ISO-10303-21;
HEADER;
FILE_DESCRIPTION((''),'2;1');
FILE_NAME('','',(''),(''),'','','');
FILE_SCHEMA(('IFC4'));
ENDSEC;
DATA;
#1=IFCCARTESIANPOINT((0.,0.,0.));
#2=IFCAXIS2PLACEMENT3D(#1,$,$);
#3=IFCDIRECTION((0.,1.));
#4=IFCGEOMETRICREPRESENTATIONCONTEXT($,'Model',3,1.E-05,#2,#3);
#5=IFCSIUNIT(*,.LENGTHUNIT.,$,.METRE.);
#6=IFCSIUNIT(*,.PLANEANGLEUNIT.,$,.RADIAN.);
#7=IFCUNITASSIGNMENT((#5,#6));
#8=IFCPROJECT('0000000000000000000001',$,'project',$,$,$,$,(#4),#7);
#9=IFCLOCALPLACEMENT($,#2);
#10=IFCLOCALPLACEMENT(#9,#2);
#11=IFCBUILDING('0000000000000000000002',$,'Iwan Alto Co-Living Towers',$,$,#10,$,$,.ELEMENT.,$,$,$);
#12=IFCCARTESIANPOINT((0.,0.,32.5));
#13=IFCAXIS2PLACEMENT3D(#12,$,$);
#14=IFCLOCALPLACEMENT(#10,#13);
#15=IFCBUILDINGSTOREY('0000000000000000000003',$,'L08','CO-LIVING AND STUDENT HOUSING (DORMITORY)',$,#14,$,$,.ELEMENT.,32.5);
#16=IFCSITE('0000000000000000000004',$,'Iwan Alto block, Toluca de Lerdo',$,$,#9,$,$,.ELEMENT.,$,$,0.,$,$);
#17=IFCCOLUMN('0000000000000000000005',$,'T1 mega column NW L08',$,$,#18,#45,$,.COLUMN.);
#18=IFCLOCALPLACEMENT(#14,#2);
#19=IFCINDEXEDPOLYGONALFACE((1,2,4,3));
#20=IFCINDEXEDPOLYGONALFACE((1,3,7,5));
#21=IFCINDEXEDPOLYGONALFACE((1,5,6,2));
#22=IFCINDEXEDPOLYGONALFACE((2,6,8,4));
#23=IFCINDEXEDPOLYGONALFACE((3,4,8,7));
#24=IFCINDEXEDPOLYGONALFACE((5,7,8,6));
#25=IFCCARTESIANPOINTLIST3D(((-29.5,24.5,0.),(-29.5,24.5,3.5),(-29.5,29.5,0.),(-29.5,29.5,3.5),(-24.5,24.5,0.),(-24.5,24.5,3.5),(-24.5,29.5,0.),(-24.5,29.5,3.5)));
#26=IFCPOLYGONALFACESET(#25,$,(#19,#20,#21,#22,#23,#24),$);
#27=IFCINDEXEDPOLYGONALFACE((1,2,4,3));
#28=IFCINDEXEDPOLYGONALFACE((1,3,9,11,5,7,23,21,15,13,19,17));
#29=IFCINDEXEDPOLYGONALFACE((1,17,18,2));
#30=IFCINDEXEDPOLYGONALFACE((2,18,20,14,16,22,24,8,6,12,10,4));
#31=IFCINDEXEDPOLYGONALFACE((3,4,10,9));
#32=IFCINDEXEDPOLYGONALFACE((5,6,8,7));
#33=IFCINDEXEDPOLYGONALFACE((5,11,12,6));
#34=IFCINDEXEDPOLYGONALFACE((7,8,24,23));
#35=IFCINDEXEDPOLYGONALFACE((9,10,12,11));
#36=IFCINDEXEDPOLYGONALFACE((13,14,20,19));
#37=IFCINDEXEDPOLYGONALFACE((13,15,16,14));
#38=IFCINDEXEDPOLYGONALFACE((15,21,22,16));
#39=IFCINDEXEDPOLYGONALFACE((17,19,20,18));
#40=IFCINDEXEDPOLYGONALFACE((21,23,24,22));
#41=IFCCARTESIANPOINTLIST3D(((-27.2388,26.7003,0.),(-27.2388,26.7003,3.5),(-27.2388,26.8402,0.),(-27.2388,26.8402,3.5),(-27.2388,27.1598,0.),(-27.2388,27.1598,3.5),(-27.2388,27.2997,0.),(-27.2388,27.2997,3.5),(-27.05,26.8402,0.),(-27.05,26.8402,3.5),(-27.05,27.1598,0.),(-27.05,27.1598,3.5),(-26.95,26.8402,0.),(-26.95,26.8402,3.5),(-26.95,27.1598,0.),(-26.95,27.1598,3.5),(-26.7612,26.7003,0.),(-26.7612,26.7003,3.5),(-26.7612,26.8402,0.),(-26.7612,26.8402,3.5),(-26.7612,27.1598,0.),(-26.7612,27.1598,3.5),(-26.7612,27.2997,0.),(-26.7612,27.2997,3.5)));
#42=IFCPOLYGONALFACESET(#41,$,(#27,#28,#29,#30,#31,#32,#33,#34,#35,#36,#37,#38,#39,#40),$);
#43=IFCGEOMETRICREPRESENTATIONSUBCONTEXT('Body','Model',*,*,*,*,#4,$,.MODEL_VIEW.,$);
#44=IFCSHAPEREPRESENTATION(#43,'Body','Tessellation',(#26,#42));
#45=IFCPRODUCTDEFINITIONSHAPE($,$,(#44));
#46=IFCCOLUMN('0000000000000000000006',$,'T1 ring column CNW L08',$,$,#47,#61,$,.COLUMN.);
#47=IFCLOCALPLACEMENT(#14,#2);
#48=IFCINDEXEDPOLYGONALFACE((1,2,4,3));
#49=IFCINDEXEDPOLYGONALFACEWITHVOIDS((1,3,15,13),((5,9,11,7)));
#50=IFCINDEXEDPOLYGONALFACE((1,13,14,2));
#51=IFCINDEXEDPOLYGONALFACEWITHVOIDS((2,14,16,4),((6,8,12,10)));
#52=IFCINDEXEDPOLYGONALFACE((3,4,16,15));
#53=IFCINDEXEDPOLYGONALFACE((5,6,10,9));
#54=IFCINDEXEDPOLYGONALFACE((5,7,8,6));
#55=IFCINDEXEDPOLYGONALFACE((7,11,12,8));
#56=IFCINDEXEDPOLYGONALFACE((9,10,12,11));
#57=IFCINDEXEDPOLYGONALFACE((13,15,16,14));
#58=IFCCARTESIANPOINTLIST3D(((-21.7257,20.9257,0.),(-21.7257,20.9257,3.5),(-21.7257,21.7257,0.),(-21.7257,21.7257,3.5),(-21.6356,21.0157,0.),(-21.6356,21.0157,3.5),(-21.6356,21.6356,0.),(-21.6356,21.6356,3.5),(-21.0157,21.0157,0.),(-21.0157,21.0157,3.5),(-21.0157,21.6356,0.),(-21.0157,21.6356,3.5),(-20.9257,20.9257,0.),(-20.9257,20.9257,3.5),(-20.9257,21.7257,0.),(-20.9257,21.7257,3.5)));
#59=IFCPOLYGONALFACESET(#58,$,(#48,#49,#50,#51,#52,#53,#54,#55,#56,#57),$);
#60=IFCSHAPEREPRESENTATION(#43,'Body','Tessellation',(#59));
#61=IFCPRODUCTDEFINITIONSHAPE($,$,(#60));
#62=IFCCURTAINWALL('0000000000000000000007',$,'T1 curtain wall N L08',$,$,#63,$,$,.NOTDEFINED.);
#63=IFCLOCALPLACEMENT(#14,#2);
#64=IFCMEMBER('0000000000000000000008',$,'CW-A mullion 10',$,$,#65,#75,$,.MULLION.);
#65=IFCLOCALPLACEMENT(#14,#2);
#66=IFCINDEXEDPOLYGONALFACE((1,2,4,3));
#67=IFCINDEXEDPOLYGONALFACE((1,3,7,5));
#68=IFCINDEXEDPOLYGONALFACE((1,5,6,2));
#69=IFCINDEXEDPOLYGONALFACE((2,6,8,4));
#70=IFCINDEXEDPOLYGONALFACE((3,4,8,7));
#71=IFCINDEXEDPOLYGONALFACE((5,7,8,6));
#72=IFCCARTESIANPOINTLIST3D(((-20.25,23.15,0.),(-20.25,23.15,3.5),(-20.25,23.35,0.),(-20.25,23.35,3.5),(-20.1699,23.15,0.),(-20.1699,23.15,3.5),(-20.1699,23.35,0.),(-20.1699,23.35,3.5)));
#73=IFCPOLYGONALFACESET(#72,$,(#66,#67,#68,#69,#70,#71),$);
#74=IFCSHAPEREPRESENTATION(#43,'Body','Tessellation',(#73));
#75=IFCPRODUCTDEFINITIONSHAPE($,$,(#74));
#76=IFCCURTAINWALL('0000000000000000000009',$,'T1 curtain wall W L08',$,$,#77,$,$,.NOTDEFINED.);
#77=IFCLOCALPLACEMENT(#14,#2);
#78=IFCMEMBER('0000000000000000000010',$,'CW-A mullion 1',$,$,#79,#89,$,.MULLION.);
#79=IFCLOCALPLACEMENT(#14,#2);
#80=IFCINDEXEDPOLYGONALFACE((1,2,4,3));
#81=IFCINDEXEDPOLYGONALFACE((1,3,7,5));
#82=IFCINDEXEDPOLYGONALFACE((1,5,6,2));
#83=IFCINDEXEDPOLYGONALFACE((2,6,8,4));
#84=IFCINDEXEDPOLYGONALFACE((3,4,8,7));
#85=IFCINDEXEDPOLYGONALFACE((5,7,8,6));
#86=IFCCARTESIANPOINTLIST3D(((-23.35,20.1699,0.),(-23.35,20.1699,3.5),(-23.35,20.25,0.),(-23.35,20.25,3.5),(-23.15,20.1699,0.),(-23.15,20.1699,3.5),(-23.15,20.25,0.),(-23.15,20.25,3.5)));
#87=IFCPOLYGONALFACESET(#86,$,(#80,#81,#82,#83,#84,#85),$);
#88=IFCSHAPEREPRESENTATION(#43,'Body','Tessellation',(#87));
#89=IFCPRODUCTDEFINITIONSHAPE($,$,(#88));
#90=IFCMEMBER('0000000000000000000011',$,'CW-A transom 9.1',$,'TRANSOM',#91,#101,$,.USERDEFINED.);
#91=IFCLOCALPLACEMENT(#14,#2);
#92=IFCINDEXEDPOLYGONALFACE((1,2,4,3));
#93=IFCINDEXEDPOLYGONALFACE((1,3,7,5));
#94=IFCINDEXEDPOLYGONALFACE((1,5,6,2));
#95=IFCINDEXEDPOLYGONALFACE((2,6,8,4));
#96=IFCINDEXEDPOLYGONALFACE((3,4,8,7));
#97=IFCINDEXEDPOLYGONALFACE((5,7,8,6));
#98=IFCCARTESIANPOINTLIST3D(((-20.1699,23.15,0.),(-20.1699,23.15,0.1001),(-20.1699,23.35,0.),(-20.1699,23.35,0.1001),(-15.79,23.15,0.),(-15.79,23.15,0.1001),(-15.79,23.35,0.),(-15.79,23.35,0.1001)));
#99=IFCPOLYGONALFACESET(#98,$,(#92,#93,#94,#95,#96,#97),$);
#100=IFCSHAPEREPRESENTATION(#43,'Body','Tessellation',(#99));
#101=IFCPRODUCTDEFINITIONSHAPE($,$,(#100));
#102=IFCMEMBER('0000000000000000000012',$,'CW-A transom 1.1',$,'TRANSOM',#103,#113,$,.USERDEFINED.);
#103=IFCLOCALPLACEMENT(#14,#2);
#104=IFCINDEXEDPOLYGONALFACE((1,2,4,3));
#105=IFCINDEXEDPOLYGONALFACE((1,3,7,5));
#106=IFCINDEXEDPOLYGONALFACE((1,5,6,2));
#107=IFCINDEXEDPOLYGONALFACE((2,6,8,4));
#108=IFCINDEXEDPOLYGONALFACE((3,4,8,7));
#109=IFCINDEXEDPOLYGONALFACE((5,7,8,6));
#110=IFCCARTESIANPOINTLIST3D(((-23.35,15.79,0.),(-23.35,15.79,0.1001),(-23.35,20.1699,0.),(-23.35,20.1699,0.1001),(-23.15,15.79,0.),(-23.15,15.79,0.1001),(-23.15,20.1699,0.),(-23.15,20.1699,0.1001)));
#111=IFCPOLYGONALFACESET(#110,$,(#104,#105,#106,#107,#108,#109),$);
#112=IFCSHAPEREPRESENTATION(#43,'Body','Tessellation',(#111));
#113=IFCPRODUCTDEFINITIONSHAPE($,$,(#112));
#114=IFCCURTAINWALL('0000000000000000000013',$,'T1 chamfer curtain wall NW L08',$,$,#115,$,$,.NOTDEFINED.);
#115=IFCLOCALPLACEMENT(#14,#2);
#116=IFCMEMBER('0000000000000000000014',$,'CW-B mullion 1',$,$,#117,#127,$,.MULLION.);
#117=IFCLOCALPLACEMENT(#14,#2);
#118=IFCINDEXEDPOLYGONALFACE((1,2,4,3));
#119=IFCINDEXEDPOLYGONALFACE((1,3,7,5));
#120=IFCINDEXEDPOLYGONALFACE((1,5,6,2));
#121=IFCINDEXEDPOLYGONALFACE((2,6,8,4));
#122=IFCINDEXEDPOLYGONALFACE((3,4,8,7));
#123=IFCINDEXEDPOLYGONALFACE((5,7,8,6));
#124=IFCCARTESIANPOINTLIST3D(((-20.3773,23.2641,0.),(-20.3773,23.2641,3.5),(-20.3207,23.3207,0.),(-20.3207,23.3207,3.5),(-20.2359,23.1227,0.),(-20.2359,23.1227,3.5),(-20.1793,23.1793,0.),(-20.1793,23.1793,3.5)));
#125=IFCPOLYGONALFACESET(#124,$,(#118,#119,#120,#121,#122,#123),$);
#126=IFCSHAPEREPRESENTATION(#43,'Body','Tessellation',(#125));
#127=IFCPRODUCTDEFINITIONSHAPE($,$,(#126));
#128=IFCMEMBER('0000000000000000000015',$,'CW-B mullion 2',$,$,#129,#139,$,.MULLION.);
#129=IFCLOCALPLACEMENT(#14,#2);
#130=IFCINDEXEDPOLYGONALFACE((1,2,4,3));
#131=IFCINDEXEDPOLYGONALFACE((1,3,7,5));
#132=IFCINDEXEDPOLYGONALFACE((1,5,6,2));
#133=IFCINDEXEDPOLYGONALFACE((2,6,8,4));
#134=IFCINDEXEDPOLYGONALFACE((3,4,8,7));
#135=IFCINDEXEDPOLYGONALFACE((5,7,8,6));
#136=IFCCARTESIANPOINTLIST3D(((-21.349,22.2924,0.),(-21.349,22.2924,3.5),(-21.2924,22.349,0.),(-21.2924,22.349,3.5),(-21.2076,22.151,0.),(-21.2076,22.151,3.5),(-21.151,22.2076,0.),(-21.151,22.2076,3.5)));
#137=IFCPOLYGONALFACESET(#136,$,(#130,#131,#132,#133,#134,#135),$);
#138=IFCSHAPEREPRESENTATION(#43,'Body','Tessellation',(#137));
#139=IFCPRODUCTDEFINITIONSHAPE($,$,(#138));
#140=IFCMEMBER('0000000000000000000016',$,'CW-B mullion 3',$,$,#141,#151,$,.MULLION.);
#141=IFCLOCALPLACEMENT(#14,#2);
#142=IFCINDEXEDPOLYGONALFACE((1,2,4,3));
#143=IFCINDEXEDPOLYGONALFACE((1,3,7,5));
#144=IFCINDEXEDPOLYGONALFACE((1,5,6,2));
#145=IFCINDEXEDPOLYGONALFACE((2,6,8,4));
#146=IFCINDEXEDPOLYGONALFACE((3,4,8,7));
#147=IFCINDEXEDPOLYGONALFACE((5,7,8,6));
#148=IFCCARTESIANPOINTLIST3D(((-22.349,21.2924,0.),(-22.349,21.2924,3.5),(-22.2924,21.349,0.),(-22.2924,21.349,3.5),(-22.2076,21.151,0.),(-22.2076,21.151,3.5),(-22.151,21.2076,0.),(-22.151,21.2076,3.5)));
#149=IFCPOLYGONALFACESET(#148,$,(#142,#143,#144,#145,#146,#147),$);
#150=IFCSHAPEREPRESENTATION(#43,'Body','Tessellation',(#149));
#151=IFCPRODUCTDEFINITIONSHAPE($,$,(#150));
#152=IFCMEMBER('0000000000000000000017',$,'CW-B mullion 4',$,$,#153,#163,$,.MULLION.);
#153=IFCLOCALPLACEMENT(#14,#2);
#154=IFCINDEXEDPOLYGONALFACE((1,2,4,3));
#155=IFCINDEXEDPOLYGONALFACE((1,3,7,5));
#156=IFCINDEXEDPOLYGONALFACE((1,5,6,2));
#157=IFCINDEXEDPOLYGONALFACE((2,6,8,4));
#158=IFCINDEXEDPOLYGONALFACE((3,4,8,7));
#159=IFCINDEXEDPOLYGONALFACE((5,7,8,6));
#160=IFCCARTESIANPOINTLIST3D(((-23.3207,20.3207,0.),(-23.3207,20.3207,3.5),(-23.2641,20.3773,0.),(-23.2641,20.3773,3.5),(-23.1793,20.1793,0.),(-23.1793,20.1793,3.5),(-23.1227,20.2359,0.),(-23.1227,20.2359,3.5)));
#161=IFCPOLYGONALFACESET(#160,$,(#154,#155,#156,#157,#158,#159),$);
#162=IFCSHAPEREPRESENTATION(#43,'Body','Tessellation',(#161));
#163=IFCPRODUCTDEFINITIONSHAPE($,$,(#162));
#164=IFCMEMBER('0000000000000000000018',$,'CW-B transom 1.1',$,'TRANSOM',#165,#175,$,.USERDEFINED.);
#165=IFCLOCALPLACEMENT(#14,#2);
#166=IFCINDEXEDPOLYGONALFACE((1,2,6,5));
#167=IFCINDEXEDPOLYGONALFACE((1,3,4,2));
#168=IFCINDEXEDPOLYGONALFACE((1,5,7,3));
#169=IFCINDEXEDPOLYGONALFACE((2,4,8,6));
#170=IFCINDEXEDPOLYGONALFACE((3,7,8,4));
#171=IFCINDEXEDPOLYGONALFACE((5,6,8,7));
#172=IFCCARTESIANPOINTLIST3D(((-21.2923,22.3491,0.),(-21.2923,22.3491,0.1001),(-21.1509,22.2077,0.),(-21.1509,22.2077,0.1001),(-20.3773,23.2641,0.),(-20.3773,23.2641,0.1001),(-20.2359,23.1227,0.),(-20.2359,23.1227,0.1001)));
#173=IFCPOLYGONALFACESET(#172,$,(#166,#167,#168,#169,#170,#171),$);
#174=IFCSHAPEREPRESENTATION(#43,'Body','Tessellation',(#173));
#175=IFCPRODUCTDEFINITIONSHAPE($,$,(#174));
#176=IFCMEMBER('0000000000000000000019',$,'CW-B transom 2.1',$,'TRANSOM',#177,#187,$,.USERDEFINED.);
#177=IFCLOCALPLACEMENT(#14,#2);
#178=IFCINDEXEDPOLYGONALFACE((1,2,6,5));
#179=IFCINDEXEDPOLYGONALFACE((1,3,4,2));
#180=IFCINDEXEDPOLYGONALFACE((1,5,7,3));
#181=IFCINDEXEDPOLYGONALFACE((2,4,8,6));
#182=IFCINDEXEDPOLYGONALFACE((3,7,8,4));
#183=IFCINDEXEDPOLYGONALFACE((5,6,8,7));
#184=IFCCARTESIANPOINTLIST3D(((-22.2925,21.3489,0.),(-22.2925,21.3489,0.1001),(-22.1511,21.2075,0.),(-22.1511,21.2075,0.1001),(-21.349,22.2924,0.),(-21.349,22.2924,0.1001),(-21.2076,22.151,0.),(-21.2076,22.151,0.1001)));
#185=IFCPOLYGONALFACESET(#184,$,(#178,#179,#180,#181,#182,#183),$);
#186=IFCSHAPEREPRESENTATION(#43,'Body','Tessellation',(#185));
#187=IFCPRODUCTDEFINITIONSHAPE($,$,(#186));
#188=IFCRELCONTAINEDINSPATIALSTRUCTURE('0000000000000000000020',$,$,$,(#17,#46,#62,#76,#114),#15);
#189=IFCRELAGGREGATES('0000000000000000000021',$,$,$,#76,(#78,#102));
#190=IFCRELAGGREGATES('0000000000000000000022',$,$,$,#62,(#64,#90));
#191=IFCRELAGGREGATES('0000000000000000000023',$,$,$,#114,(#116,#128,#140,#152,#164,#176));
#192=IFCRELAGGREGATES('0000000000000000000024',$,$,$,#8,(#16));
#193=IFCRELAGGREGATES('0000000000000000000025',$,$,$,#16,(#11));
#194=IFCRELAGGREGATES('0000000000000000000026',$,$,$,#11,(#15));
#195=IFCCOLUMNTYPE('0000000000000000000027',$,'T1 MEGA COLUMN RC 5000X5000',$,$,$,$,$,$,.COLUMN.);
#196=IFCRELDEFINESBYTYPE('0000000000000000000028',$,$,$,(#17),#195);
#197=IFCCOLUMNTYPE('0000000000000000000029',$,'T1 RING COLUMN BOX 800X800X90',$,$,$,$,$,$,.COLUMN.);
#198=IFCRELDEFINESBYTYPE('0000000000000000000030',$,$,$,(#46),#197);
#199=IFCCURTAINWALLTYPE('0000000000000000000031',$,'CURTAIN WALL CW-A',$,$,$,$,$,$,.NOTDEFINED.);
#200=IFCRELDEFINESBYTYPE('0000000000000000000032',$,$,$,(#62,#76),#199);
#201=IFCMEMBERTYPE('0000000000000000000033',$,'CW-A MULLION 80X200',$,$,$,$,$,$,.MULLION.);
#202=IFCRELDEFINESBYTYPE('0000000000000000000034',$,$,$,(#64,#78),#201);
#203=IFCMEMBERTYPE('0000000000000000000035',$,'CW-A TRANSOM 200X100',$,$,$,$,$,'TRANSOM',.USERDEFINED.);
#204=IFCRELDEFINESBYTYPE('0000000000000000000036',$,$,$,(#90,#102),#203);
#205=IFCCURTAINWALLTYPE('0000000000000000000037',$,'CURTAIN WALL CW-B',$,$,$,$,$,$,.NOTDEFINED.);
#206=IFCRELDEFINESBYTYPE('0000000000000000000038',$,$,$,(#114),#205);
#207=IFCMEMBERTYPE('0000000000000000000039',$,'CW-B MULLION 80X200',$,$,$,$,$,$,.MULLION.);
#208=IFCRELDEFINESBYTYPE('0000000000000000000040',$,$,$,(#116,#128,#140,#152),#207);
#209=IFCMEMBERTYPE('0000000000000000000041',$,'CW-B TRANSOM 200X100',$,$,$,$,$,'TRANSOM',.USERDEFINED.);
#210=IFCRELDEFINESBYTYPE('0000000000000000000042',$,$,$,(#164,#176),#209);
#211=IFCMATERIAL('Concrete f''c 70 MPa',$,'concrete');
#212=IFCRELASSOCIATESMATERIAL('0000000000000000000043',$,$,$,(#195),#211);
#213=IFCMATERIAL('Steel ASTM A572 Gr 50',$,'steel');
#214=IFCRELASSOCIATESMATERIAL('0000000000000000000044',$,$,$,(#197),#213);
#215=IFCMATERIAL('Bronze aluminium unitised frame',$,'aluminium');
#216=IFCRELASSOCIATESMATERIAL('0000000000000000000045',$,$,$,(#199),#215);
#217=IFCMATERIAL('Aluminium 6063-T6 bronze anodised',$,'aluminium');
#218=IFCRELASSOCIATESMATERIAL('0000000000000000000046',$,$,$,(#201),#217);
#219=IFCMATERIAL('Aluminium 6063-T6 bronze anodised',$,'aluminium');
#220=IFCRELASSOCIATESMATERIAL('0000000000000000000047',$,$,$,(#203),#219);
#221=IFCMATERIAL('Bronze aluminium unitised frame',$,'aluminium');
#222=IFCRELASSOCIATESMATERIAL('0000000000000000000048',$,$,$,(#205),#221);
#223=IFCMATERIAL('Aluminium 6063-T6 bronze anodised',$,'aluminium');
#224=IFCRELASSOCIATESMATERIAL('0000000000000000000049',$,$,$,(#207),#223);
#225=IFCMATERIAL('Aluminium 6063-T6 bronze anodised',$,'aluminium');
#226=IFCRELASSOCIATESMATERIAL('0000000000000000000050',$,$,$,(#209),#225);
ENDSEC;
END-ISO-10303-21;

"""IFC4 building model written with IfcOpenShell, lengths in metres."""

from ifc_helpers import new_model, si_unit, direction, frame, origin, origin_2d, place, context, subcontext, project, spatial, rectangle, hollow_rectangle, i_section, extrude, material, material_profile, profile_set, type_object, element, aggregate, save


model = new_model("IFC4")

# Units and contexts
model_context = context("Model", 3, precision=1e-05, world=origin(), true_north=direction((0.0, 1.0)))
body_context = subcontext(model_context, "Body", "Model", "MODEL_VIEW")
ifc_project = project(units=[si_unit("LENGTHUNIT", "METRE"), si_unit("PLANEANGLEUNIT", "RADIAN")], contexts=[model_context])

# Site, building, storey
site_placement = place(None, origin())
site = spatial("IfcSite", under=ifc_project, at=site_placement, Name="Iwan Alto block, Toluca de Lerdo", CompositionType="ELEMENT", RefElevation=0.0)
building_placement = place(site_placement, origin())
building = spatial("IfcBuilding", under=site, at=building_placement, Name="Iwan Alto Co-Living Towers", CompositionType="ELEMENT")
storey_placement = place(building_placement, frame((0.0, 0.0, 32.5)))
storey = spatial("IfcBuildingStorey", under=building, at=storey_placement, Name="L08", Description="CO-LIVING AND STUDENT HOUSING (DORMITORY)", CompositionType="ELEMENT", Elevation=32.5)

# Columns
ifc_material_1 = material(Name="Concrete f'c 70 MPa", Category="concrete")
ifc_material_profile_1 = material_profile(ifc_material_1, rectangle(XDim=5.0, YDim=5.0, at=origin_2d()), Name="RC 5000X5000")
ifc_profile_set_1 = profile_set([ifc_material_profile_1], Name="Concrete f'c 70 MPa")
column_type_1 = type_object("IfcColumnType", Name="T1 MEGA COLUMN RC 5000X5000", PredefinedType="COLUMN", material=ifc_profile_set_1)
column_1_placement = place(storey_placement, frame((-27.0, 27.0, 0.0), z_axis=(0.0, 0.0, 1.0), x_axis=(1.0, 0.0, 0.0)))
element("IfcColumn", 1, at=column_1_placement, inside=storey, type_object=column_type_1, Name="T1 mega column NW L08", PredefinedType="COLUMN", context=body_context, shape_type="SweptSolid", body=[
    extrude(rectangle(XDim=5.0, YDim=5.0, at=origin_2d()), origin(), (0.0, 0.0, 1.0), 3.5),
    extrude(i_section(OverallWidth=0.4775, OverallDepth=0.5994, WebThickness=0.1001, FlangeThickness=0.1399, at=origin_2d()), origin(), (0.0, 0.0, 1.0), 3.5),
])
ifc_material_2 = material(Name="Steel ASTM A572 Gr 50", Category="steel")
ifc_material_profile_2 = material_profile(ifc_material_2, hollow_rectangle(XDim=0.8, YDim=0.8, WallThickness=0.0901, at=origin_2d()), Name="BOX 800X800X90")
ifc_profile_set_2 = profile_set([ifc_material_profile_2], Name="Steel ASTM A572 Gr 50")
column_type_2 = type_object("IfcColumnType", Name="T1 RING COLUMN BOX 800X800X90", PredefinedType="COLUMN", material=ifc_profile_set_2)
column_2_placement = place(storey_placement, frame((-21.3257, 21.3257, 0.0), z_axis=(0.0, 0.0, 1.0), x_axis=(1.0, 0.0, 0.0)))
element("IfcColumn", 2, at=column_2_placement, inside=storey, type_object=column_type_2, Name="T1 ring column CNW L08", PredefinedType="COLUMN", context=body_context, shape_type="SweptSolid", body=[
    extrude(hollow_rectangle(XDim=0.8, YDim=0.8, WallThickness=0.0901, at=origin_2d()), origin(), (0.0, 0.0, 1.0), 3.5),
])

# Curtain walls, members
ifc_material_3 = material(Name="Bronze aluminium unitised frame", Category="aluminium")
curtain_wall_type_1 = type_object("IfcCurtainWallType", Name="CURTAIN WALL CW-A", PredefinedType="NOTDEFINED", material=ifc_material_3)
curtain_wall_1_placement = place(storey_placement, origin())
curtain_wall_1 = element("IfcCurtainWall", 3, at=curtain_wall_1_placement, inside=storey, type_object=curtain_wall_type_1, Name="T1 curtain wall N L08", PredefinedType="NOTDEFINED")
ifc_material_4 = material(Name="Aluminium 6063-T6 bronze anodised", Category="aluminium")
ifc_material_profile_3 = material_profile(ifc_material_4, rectangle(XDim=0.2, YDim=0.0801, at=origin_2d()), Name="AL 80X200")
ifc_profile_set_3 = profile_set([ifc_material_profile_3], Name="Aluminium 6063-T6 bronze anodised")
member_type_1 = type_object("IfcMemberType", Name="CW-A MULLION 80X200", PredefinedType="MULLION", material=ifc_profile_set_3)
member_1_placement = place(storey_placement, frame((-20.21, 23.25, 0.0), z_axis=(0.0, 0.0, 1.0), x_axis=(0.0, -1.0, 0.0)))
member_1 = element("IfcMember", 4, at=member_1_placement, type_object=member_type_1, Name="CW-A mullion 10", PredefinedType="MULLION", context=body_context, shape_type="SweptSolid", body=[
    extrude(rectangle(XDim=0.2, YDim=0.0801, at=origin_2d()), origin(), (0.0, 0.0, 1.0), 3.5),
])
curtain_wall_2_placement = place(storey_placement, origin())
curtain_wall_2 = element("IfcCurtainWall", 5, at=curtain_wall_2_placement, inside=storey, type_object=curtain_wall_type_1, Name="T1 curtain wall W L08", PredefinedType="NOTDEFINED")
member_2_placement = place(storey_placement, frame((-23.25, 20.21, 0.0), z_axis=(0.0, 0.0, 1.0), x_axis=(1.0, 0.0, 0.0)))
member_2 = element("IfcMember", 6, at=member_2_placement, type_object=member_type_1, Name="CW-A mullion 1", PredefinedType="MULLION", context=body_context, shape_type="SweptSolid", body=[
    extrude(rectangle(XDim=0.2, YDim=0.0801, at=origin_2d()), origin(), (0.0, 0.0, 1.0), 3.5),
])

# Members
ifc_material_5 = material(Name="Aluminium 6063-T6 bronze anodised", Category="aluminium")
ifc_material_profile_4 = material_profile(ifc_material_5, rectangle(XDim=0.2, YDim=0.1001, at=origin_2d()), Name="AL 200X100")
ifc_profile_set_4 = profile_set([ifc_material_profile_4], Name="Aluminium 6063-T6 bronze anodised")
member_type_2 = type_object("IfcMemberType", Name="CW-A TRANSOM 200X100", ElementType="TRANSOM", PredefinedType="USERDEFINED", material=ifc_profile_set_4)
member_3_placement = place(storey_placement, frame((-15.79, 23.25, 0.05), z_axis=(-1.0, 0.0, 0.0), x_axis=(0.0, -1.0, 0.0)))
member_3 = element("IfcMember", 7, at=member_3_placement, type_object=member_type_2, Name="CW-A transom 9.1", ObjectType="TRANSOM", PredefinedType="USERDEFINED", context=body_context, shape_type="SweptSolid", body=[
    extrude(rectangle(XDim=0.2, YDim=0.1001, at=origin_2d()), origin(), (0.0, 0.0, 1.0), 4.3799),
])
member_4_placement = place(storey_placement, frame((-23.25, 20.1699, 0.05), z_axis=(0.0, -1.0, 0.0), x_axis=(1.0, 0.0, 0.0)))
member_4 = element("IfcMember", 8, at=member_4_placement, type_object=member_type_2, Name="CW-A transom 1.1", ObjectType="TRANSOM", PredefinedType="USERDEFINED", context=body_context, shape_type="SweptSolid", body=[
    extrude(rectangle(XDim=0.2, YDim=0.1001, at=origin_2d()), origin(), (0.0, 0.0, 1.0), 4.3799),
])
aggregate(curtain_wall_2, [member_2, member_4])

# Curtain wall, members
ifc_material_6 = material(Name="Bronze aluminium unitised frame", Category="aluminium")
curtain_wall_type_2 = type_object("IfcCurtainWallType", Name="CURTAIN WALL CW-B", PredefinedType="NOTDEFINED", material=ifc_material_6)
curtain_wall_3_placement = place(storey_placement, origin())
curtain_wall_3 = element("IfcCurtainWall", 9, at=curtain_wall_3_placement, inside=storey, type_object=curtain_wall_type_2, Name="T1 chamfer curtain wall NW L08", PredefinedType="NOTDEFINED")
ifc_material_7 = material(Name="Aluminium 6063-T6 bronze anodised", Category="aluminium")
ifc_material_profile_5 = material_profile(ifc_material_7, rectangle(XDim=0.2, YDim=0.0801, at=origin_2d()), Name="AL 80X200")
ifc_profile_set_5 = profile_set([ifc_material_profile_5], Name="Aluminium 6063-T6 bronze anodised")
member_type_3 = type_object("IfcMemberType", Name="CW-B MULLION 80X200", PredefinedType="MULLION", material=ifc_profile_set_5)
member_5_placement = place(storey_placement, frame((-20.2783, 23.2217, 0.0), z_axis=(0.0, 0.0, 1.0), x_axis=(0.707107, -0.707107, 0.0)))
member_5 = element("IfcMember", 10, at=member_5_placement, type_object=member_type_3, Name="CW-B mullion 1", PredefinedType="MULLION", context=body_context, shape_type="SweptSolid", body=[
    extrude(rectangle(XDim=0.2, YDim=0.0801, at=origin_2d()), origin(), (0.0, 0.0, 1.0), 3.5),
])
member_6_placement = place(storey_placement, frame((-21.25, 22.25, 0.0), z_axis=(0.0, 0.0, 1.0), x_axis=(0.707107, -0.707107, 0.0)))
member_6 = element("IfcMember", 11, at=member_6_placement, type_object=member_type_3, Name="CW-B mullion 2", PredefinedType="MULLION", context=body_context, shape_type="SweptSolid", body=[
    extrude(rectangle(XDim=0.2, YDim=0.0801, at=origin_2d()), origin(), (0.0, 0.0, 1.0), 3.5),
])
member_7_placement = place(storey_placement, frame((-22.25, 21.25, 0.0), z_axis=(0.0, 0.0, 1.0), x_axis=(0.707107, -0.707107, 0.0)))
member_7 = element("IfcMember", 12, at=member_7_placement, type_object=member_type_3, Name="CW-B mullion 3", PredefinedType="MULLION", context=body_context, shape_type="SweptSolid", body=[
    extrude(rectangle(XDim=0.2, YDim=0.0801, at=origin_2d()), origin(), (0.0, 0.0, 1.0), 3.5),
])
member_8_placement = place(storey_placement, frame((-23.2217, 20.2783, 0.0), z_axis=(0.0, 0.0, 1.0), x_axis=(0.707107, -0.707107, 0.0)))
member_8 = element("IfcMember", 13, at=member_8_placement, type_object=member_type_3, Name="CW-B mullion 4", PredefinedType="MULLION", context=body_context, shape_type="SweptSolid", body=[
    extrude(rectangle(XDim=0.2, YDim=0.0801, at=origin_2d()), origin(), (0.0, 0.0, 1.0), 3.5),
])
ifc_material_8 = material(Name="Aluminium 6063-T6 bronze anodised", Category="aluminium")
ifc_material_profile_6 = material_profile(ifc_material_8, rectangle(XDim=0.2, YDim=0.1001, at=origin_2d()), Name="AL 200X100")
ifc_profile_set_6 = profile_set([ifc_material_profile_6], Name="Aluminium 6063-T6 bronze anodised")
member_type_4 = type_object("IfcMemberType", Name="CW-B TRANSOM 200X100", ElementType="TRANSOM", PredefinedType="USERDEFINED", material=ifc_profile_set_6)
member_9_placement = place(storey_placement, frame((-20.3066, 23.1934, 0.05), z_axis=(-0.707107, -0.707107, 0.0), x_axis=(0.707107, -0.707107, 0.0)))
member_9 = element("IfcMember", 14, at=member_9_placement, type_object=member_type_4, Name="CW-B transom 1.1", ObjectType="TRANSOM", PredefinedType="USERDEFINED", context=body_context, shape_type="SweptSolid", body=[
    extrude(rectangle(XDim=0.2, YDim=0.1001, at=origin_2d()), origin(), (0.0, 0.0, 1.0), 1.2939),
])
member_10_placement = place(storey_placement, frame((-21.2783, 22.2217, 0.05), z_axis=(-0.707107, -0.707107, 0.0), x_axis=(0.707107, -0.707107, 0.0)))
member_10 = element("IfcMember", 15, at=member_10_placement, type_object=member_type_4, Name="CW-B transom 2.1", ObjectType="TRANSOM", PredefinedType="USERDEFINED", context=body_context, shape_type="SweptSolid", body=[
    extrude(rectangle(XDim=0.2, YDim=0.1001, at=origin_2d()), origin(), (0.0, 0.0, 1.0), 1.3342),
])

aggregate(curtain_wall_1, [member_1, member_3])
aggregate(curtain_wall_3, [member_5, member_6, member_7, member_8, member_9, member_10])

save(model, "model.ifc")
